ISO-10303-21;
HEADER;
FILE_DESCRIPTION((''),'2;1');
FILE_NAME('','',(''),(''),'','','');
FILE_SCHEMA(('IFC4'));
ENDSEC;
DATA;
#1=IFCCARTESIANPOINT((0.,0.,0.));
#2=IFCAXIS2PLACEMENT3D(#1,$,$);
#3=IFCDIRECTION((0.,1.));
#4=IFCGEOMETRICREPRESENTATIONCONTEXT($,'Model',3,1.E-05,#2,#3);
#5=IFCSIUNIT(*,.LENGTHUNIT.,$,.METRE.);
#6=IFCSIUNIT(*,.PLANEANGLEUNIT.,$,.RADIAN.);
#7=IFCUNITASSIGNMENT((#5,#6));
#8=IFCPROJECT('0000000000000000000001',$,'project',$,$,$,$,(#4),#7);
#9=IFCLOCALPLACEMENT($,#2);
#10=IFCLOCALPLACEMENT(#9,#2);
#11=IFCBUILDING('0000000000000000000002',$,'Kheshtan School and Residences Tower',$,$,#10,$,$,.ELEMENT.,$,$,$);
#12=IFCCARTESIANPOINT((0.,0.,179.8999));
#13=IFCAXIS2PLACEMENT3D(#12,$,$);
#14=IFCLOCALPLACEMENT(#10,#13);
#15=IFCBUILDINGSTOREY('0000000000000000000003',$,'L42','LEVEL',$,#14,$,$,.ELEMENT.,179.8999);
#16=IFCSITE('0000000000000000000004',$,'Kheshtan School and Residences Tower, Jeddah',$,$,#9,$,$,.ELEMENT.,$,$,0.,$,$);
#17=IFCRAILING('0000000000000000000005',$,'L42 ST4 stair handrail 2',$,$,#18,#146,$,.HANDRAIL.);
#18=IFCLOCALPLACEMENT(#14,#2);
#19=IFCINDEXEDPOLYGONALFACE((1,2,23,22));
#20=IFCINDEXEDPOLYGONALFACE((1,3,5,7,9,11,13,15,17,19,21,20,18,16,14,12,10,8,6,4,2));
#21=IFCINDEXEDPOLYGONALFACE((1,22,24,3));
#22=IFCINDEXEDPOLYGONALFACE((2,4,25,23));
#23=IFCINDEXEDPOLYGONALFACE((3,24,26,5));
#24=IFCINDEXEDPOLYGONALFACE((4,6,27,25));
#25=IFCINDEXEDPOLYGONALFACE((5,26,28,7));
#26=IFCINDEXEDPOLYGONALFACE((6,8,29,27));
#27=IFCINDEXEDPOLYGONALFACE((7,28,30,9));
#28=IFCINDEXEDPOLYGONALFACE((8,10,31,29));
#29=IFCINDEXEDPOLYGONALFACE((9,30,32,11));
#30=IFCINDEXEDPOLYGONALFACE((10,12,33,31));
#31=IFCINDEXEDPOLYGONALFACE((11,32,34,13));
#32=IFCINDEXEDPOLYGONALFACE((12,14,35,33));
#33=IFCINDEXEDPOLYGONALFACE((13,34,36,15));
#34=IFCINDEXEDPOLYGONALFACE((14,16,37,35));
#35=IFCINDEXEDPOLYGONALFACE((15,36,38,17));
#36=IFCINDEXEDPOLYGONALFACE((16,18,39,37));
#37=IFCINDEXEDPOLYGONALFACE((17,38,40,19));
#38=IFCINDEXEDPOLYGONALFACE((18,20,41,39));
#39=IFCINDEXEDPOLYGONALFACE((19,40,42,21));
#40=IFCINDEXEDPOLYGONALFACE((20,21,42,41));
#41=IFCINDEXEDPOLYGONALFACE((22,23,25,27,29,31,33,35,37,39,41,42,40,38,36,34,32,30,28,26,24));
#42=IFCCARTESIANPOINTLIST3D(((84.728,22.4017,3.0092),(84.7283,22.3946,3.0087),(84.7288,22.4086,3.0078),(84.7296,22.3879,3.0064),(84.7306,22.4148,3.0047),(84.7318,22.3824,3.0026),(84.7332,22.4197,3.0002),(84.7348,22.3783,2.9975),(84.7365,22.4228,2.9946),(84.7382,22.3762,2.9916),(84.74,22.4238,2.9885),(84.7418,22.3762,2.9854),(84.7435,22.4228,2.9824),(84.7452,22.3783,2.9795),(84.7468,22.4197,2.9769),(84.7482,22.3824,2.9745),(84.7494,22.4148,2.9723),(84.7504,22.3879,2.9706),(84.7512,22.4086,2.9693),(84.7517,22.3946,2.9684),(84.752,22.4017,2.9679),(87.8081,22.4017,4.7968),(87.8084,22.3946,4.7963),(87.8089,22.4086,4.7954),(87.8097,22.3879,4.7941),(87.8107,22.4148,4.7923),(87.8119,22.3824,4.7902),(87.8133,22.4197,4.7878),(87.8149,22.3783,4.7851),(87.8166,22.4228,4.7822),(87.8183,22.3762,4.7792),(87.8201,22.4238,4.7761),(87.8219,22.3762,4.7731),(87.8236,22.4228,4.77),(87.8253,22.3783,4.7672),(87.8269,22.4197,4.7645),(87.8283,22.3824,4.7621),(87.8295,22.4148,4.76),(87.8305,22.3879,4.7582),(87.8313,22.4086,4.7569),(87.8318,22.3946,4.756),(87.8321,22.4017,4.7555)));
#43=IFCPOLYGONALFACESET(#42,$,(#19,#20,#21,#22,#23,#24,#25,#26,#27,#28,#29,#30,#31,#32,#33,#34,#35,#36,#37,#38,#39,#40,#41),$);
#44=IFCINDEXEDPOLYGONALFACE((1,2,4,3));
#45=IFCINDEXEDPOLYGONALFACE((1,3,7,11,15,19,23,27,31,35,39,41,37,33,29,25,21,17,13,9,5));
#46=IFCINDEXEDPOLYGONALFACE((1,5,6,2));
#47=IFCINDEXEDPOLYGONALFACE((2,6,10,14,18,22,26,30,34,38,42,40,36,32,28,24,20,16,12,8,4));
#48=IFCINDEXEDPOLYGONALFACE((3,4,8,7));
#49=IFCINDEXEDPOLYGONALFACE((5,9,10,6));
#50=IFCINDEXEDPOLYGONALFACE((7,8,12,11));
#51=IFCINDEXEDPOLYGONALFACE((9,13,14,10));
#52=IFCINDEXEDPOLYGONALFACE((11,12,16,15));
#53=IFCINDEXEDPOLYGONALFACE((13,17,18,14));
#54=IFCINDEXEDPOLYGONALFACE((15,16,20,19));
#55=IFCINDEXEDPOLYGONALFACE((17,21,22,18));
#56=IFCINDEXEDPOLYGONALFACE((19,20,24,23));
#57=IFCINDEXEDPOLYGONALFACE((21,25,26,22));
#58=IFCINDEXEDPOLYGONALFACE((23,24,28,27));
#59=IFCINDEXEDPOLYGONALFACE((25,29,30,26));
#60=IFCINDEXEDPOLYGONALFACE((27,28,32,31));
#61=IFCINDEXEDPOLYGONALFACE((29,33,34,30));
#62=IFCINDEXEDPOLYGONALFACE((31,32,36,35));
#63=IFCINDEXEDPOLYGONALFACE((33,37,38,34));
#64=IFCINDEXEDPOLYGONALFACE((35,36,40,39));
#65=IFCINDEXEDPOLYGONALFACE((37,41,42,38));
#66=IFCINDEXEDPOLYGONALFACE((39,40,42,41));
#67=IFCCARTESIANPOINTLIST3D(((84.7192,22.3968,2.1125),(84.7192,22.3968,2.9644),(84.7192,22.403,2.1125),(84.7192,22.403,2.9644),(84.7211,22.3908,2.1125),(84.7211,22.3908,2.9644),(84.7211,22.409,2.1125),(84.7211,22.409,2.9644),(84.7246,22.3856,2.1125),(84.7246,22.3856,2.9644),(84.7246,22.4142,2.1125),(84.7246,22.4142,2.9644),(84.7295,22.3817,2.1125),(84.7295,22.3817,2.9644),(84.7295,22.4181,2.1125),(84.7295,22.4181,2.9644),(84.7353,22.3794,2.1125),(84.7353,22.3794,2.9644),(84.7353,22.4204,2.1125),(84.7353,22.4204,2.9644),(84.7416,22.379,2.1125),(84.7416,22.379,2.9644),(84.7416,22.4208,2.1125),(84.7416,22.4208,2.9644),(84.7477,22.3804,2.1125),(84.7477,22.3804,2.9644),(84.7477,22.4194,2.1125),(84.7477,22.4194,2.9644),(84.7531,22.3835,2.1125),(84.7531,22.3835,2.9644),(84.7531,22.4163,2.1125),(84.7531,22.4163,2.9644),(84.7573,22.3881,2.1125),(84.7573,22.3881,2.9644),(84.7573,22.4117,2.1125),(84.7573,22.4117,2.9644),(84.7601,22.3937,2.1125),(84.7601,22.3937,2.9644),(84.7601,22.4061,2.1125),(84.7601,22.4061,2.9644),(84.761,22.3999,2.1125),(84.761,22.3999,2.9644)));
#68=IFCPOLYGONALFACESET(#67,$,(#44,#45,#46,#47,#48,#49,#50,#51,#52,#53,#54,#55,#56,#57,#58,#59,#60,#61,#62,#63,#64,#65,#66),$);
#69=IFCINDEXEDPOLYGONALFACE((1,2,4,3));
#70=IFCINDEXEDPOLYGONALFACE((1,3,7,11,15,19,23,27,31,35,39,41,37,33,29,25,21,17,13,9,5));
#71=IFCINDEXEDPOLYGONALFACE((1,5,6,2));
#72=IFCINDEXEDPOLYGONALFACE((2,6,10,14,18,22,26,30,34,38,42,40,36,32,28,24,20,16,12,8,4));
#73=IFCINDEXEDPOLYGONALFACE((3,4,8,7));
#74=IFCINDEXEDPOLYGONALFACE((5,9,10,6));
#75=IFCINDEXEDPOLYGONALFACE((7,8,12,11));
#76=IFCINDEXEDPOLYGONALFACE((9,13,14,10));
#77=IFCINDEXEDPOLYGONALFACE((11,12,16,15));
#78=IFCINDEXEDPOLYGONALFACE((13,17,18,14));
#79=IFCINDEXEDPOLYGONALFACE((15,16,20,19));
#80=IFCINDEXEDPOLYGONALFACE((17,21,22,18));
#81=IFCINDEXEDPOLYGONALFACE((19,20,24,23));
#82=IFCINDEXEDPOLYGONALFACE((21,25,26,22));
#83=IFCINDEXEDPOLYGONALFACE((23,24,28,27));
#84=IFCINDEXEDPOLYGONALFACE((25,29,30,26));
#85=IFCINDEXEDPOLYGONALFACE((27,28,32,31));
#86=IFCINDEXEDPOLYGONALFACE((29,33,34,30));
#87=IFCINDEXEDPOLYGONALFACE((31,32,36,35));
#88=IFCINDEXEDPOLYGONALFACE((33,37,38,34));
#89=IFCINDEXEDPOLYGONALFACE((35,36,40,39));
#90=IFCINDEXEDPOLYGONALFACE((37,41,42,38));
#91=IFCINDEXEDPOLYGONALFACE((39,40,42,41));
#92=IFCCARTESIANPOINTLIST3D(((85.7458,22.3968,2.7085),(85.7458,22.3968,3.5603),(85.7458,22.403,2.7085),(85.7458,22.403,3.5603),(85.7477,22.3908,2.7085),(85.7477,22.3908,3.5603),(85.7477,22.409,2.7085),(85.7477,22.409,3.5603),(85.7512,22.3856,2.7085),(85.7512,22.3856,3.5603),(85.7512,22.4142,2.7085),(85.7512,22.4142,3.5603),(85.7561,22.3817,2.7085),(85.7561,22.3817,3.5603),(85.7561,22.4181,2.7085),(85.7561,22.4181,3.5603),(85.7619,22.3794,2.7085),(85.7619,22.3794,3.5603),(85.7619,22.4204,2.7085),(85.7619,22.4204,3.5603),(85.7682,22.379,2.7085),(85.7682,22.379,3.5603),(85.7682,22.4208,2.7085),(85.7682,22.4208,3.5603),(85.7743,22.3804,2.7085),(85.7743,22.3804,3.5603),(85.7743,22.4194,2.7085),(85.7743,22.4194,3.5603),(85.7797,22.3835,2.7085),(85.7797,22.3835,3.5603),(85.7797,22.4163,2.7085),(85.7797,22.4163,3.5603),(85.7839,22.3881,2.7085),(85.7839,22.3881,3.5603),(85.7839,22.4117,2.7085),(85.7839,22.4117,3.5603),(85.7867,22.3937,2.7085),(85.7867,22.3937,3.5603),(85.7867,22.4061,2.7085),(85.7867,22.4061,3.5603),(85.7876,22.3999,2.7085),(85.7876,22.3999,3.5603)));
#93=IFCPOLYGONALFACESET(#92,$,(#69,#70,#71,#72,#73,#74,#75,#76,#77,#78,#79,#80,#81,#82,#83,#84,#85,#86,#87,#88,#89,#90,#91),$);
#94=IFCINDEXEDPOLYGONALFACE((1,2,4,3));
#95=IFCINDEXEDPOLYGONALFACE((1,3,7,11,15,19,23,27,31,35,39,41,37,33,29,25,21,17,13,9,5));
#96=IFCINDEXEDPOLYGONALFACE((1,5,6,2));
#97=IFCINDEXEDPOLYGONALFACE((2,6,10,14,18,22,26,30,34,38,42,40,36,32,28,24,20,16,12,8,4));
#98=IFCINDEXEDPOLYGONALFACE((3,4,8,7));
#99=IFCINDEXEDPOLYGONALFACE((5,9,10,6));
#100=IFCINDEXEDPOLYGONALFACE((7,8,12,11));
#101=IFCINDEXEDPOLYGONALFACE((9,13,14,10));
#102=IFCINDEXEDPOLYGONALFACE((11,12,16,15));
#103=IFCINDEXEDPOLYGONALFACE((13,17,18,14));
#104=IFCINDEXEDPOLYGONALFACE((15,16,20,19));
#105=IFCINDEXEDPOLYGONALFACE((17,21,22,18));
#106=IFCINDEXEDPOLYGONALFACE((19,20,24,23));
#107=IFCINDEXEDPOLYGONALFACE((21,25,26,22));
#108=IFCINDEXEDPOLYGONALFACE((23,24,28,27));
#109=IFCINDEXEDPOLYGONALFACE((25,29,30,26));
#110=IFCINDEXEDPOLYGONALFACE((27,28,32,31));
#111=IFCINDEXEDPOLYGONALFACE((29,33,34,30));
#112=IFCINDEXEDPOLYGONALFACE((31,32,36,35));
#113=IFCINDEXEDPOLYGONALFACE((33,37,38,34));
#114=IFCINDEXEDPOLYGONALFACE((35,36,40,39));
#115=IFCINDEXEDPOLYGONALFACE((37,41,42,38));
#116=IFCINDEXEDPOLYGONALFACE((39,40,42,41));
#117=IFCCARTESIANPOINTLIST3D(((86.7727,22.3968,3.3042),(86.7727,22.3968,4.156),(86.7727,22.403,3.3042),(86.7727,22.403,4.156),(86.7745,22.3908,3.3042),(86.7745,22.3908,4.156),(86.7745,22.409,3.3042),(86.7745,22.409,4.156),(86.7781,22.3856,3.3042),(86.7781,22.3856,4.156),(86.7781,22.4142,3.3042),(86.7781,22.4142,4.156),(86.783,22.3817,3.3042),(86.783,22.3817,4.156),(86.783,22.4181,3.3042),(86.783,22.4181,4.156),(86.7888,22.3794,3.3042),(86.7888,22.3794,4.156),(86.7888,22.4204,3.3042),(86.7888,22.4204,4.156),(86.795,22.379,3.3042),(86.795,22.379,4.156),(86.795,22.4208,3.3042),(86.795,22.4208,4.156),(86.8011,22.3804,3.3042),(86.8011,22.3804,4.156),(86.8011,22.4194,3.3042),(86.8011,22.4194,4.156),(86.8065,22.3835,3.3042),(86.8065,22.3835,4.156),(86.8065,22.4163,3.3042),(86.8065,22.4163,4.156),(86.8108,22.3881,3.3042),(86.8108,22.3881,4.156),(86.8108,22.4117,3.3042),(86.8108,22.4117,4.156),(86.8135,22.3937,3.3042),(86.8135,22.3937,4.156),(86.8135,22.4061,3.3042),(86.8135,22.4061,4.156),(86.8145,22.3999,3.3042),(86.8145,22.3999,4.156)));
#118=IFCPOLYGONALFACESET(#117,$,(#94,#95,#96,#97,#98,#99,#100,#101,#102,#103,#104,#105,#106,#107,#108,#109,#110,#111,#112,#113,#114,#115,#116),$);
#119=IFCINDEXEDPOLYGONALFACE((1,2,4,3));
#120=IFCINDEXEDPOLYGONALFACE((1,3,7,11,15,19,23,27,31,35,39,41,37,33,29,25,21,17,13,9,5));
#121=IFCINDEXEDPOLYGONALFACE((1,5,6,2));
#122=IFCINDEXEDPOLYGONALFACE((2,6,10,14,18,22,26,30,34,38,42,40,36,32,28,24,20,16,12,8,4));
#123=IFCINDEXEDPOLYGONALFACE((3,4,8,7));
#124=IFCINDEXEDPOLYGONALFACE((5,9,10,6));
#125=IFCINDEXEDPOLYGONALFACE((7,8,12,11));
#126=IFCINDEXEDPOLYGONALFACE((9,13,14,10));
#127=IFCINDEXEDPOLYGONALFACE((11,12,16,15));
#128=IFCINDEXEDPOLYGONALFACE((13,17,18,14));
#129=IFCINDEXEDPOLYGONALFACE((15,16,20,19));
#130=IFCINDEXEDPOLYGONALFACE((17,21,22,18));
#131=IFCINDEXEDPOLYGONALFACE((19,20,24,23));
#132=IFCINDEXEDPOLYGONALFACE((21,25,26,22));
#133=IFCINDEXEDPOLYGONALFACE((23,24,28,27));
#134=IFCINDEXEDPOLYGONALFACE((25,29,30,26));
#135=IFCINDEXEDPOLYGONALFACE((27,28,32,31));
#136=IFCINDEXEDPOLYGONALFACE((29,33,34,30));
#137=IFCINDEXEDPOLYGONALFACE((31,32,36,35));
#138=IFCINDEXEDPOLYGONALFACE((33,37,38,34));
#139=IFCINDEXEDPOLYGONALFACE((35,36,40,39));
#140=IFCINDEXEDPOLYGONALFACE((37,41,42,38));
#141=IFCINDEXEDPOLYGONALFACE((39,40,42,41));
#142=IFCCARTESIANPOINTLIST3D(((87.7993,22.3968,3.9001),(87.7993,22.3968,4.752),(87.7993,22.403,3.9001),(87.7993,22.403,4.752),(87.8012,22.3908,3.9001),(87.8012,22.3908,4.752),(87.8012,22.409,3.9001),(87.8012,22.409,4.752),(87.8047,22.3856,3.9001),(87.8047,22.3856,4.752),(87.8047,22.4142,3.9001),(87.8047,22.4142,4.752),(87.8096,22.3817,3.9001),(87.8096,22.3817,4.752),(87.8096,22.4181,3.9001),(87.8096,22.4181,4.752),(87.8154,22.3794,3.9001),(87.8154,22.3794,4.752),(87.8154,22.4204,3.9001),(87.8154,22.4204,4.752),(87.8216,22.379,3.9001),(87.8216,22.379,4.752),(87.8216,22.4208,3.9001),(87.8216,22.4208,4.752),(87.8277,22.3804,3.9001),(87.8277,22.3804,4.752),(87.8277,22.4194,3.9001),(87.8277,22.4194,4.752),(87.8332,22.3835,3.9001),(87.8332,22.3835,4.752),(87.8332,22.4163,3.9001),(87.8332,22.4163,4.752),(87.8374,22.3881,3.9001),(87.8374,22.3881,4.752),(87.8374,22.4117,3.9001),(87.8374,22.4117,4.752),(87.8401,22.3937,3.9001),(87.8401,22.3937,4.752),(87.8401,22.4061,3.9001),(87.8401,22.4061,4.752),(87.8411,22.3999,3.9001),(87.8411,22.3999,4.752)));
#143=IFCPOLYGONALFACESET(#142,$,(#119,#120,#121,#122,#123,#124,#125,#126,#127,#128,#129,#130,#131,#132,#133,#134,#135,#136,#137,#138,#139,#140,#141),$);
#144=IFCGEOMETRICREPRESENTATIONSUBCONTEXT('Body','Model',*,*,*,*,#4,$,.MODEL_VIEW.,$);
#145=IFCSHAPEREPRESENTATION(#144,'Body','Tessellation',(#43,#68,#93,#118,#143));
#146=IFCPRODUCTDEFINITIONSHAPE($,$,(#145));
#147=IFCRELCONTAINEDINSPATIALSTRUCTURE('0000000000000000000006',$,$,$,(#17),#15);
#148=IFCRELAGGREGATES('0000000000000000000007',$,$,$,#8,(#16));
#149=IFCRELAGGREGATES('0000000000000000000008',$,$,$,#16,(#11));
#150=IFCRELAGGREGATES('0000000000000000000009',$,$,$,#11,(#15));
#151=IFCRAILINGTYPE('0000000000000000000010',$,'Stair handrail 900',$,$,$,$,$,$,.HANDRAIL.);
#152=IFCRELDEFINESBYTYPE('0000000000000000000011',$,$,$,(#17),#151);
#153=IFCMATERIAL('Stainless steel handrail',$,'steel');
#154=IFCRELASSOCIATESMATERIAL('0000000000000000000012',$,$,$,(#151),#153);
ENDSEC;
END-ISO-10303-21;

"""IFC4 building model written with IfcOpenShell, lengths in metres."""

from ifc_helpers import new_model, si_unit, direction, frame, origin, origin_2d, place, context, subcontext, project, spatial, circle, extrude, material, type_object, element, save


model = new_model("IFC4")

# Units and contexts
model_context = context("Model", 3, precision=1e-05, world=origin(), true_north=direction((0.0, 1.0)))
body_context = subcontext(model_context, "Body", "Model", "MODEL_VIEW")
ifc_project = project(units=[si_unit("LENGTHUNIT", "METRE"), si_unit("PLANEANGLEUNIT", "RADIAN")], contexts=[model_context])

# Site, building, storey
site_placement = place(None, origin())
site = spatial("IfcSite", under=ifc_project, at=site_placement, Name="Kheshtan School and Residences Tower, Jeddah", CompositionType="ELEMENT", RefElevation=0.0)
building_placement = place(site_placement, origin())
building = spatial("IfcBuilding", under=site, at=building_placement, Name="Kheshtan School and Residences Tower", CompositionType="ELEMENT")
storey_placement = place(building_placement, frame((0.0, 0.0, 179.8999)))
storey = spatial("IfcBuildingStorey", under=building, at=storey_placement, Name="L42", Description="LEVEL", CompositionType="ELEMENT", Elevation=179.8999)

# Railing
ifc_material_1 = material(Name="Stainless steel handrail", Category="steel")
railing_type_1 = type_object("IfcRailingType", Name="Stair handrail 900", PredefinedType="HANDRAIL", material=ifc_material_1)
railing_1_placement = place(storey_placement, frame((84.74, 22.3999, 2.1125)))
element("IfcRailing", 1, at=railing_1_placement, inside=storey, type_object=railing_type_1, Name="L42 ST4 stair handrail 2", PredefinedType="HANDRAIL", context=body_context, shape_type="SweptSolid", body=[
    extrude(circle(Radius=0.0239, at=origin_2d()), frame((0.0, 0.0, 0.876), z_axis=(0.864891, 0.0, 0.50196), x_axis=(0.0, 1.0, 0.0)), (0.0, 0.0, 1.0), 3.5613),
    extrude(circle(Radius=0.021, at=origin_2d()), origin(), (0.0, 0.0, 1.0), 0.8518),
    extrude(circle(Radius=0.021, at=origin_2d()), frame((1.0266, 0.0, 0.5959)), (0.0, 0.0, 1.0), 0.8518),
    extrude(circle(Radius=0.021, at=origin_2d()), frame((2.0535, 0.0, 1.1917)), (0.0, 0.0, 1.0), 0.8518),
    extrude(circle(Radius=0.021, at=origin_2d()), frame((3.0801, 0.0, 1.7876)), (0.0, 0.0, 1.0), 0.8518),
])

save(model, "model.ifc")
